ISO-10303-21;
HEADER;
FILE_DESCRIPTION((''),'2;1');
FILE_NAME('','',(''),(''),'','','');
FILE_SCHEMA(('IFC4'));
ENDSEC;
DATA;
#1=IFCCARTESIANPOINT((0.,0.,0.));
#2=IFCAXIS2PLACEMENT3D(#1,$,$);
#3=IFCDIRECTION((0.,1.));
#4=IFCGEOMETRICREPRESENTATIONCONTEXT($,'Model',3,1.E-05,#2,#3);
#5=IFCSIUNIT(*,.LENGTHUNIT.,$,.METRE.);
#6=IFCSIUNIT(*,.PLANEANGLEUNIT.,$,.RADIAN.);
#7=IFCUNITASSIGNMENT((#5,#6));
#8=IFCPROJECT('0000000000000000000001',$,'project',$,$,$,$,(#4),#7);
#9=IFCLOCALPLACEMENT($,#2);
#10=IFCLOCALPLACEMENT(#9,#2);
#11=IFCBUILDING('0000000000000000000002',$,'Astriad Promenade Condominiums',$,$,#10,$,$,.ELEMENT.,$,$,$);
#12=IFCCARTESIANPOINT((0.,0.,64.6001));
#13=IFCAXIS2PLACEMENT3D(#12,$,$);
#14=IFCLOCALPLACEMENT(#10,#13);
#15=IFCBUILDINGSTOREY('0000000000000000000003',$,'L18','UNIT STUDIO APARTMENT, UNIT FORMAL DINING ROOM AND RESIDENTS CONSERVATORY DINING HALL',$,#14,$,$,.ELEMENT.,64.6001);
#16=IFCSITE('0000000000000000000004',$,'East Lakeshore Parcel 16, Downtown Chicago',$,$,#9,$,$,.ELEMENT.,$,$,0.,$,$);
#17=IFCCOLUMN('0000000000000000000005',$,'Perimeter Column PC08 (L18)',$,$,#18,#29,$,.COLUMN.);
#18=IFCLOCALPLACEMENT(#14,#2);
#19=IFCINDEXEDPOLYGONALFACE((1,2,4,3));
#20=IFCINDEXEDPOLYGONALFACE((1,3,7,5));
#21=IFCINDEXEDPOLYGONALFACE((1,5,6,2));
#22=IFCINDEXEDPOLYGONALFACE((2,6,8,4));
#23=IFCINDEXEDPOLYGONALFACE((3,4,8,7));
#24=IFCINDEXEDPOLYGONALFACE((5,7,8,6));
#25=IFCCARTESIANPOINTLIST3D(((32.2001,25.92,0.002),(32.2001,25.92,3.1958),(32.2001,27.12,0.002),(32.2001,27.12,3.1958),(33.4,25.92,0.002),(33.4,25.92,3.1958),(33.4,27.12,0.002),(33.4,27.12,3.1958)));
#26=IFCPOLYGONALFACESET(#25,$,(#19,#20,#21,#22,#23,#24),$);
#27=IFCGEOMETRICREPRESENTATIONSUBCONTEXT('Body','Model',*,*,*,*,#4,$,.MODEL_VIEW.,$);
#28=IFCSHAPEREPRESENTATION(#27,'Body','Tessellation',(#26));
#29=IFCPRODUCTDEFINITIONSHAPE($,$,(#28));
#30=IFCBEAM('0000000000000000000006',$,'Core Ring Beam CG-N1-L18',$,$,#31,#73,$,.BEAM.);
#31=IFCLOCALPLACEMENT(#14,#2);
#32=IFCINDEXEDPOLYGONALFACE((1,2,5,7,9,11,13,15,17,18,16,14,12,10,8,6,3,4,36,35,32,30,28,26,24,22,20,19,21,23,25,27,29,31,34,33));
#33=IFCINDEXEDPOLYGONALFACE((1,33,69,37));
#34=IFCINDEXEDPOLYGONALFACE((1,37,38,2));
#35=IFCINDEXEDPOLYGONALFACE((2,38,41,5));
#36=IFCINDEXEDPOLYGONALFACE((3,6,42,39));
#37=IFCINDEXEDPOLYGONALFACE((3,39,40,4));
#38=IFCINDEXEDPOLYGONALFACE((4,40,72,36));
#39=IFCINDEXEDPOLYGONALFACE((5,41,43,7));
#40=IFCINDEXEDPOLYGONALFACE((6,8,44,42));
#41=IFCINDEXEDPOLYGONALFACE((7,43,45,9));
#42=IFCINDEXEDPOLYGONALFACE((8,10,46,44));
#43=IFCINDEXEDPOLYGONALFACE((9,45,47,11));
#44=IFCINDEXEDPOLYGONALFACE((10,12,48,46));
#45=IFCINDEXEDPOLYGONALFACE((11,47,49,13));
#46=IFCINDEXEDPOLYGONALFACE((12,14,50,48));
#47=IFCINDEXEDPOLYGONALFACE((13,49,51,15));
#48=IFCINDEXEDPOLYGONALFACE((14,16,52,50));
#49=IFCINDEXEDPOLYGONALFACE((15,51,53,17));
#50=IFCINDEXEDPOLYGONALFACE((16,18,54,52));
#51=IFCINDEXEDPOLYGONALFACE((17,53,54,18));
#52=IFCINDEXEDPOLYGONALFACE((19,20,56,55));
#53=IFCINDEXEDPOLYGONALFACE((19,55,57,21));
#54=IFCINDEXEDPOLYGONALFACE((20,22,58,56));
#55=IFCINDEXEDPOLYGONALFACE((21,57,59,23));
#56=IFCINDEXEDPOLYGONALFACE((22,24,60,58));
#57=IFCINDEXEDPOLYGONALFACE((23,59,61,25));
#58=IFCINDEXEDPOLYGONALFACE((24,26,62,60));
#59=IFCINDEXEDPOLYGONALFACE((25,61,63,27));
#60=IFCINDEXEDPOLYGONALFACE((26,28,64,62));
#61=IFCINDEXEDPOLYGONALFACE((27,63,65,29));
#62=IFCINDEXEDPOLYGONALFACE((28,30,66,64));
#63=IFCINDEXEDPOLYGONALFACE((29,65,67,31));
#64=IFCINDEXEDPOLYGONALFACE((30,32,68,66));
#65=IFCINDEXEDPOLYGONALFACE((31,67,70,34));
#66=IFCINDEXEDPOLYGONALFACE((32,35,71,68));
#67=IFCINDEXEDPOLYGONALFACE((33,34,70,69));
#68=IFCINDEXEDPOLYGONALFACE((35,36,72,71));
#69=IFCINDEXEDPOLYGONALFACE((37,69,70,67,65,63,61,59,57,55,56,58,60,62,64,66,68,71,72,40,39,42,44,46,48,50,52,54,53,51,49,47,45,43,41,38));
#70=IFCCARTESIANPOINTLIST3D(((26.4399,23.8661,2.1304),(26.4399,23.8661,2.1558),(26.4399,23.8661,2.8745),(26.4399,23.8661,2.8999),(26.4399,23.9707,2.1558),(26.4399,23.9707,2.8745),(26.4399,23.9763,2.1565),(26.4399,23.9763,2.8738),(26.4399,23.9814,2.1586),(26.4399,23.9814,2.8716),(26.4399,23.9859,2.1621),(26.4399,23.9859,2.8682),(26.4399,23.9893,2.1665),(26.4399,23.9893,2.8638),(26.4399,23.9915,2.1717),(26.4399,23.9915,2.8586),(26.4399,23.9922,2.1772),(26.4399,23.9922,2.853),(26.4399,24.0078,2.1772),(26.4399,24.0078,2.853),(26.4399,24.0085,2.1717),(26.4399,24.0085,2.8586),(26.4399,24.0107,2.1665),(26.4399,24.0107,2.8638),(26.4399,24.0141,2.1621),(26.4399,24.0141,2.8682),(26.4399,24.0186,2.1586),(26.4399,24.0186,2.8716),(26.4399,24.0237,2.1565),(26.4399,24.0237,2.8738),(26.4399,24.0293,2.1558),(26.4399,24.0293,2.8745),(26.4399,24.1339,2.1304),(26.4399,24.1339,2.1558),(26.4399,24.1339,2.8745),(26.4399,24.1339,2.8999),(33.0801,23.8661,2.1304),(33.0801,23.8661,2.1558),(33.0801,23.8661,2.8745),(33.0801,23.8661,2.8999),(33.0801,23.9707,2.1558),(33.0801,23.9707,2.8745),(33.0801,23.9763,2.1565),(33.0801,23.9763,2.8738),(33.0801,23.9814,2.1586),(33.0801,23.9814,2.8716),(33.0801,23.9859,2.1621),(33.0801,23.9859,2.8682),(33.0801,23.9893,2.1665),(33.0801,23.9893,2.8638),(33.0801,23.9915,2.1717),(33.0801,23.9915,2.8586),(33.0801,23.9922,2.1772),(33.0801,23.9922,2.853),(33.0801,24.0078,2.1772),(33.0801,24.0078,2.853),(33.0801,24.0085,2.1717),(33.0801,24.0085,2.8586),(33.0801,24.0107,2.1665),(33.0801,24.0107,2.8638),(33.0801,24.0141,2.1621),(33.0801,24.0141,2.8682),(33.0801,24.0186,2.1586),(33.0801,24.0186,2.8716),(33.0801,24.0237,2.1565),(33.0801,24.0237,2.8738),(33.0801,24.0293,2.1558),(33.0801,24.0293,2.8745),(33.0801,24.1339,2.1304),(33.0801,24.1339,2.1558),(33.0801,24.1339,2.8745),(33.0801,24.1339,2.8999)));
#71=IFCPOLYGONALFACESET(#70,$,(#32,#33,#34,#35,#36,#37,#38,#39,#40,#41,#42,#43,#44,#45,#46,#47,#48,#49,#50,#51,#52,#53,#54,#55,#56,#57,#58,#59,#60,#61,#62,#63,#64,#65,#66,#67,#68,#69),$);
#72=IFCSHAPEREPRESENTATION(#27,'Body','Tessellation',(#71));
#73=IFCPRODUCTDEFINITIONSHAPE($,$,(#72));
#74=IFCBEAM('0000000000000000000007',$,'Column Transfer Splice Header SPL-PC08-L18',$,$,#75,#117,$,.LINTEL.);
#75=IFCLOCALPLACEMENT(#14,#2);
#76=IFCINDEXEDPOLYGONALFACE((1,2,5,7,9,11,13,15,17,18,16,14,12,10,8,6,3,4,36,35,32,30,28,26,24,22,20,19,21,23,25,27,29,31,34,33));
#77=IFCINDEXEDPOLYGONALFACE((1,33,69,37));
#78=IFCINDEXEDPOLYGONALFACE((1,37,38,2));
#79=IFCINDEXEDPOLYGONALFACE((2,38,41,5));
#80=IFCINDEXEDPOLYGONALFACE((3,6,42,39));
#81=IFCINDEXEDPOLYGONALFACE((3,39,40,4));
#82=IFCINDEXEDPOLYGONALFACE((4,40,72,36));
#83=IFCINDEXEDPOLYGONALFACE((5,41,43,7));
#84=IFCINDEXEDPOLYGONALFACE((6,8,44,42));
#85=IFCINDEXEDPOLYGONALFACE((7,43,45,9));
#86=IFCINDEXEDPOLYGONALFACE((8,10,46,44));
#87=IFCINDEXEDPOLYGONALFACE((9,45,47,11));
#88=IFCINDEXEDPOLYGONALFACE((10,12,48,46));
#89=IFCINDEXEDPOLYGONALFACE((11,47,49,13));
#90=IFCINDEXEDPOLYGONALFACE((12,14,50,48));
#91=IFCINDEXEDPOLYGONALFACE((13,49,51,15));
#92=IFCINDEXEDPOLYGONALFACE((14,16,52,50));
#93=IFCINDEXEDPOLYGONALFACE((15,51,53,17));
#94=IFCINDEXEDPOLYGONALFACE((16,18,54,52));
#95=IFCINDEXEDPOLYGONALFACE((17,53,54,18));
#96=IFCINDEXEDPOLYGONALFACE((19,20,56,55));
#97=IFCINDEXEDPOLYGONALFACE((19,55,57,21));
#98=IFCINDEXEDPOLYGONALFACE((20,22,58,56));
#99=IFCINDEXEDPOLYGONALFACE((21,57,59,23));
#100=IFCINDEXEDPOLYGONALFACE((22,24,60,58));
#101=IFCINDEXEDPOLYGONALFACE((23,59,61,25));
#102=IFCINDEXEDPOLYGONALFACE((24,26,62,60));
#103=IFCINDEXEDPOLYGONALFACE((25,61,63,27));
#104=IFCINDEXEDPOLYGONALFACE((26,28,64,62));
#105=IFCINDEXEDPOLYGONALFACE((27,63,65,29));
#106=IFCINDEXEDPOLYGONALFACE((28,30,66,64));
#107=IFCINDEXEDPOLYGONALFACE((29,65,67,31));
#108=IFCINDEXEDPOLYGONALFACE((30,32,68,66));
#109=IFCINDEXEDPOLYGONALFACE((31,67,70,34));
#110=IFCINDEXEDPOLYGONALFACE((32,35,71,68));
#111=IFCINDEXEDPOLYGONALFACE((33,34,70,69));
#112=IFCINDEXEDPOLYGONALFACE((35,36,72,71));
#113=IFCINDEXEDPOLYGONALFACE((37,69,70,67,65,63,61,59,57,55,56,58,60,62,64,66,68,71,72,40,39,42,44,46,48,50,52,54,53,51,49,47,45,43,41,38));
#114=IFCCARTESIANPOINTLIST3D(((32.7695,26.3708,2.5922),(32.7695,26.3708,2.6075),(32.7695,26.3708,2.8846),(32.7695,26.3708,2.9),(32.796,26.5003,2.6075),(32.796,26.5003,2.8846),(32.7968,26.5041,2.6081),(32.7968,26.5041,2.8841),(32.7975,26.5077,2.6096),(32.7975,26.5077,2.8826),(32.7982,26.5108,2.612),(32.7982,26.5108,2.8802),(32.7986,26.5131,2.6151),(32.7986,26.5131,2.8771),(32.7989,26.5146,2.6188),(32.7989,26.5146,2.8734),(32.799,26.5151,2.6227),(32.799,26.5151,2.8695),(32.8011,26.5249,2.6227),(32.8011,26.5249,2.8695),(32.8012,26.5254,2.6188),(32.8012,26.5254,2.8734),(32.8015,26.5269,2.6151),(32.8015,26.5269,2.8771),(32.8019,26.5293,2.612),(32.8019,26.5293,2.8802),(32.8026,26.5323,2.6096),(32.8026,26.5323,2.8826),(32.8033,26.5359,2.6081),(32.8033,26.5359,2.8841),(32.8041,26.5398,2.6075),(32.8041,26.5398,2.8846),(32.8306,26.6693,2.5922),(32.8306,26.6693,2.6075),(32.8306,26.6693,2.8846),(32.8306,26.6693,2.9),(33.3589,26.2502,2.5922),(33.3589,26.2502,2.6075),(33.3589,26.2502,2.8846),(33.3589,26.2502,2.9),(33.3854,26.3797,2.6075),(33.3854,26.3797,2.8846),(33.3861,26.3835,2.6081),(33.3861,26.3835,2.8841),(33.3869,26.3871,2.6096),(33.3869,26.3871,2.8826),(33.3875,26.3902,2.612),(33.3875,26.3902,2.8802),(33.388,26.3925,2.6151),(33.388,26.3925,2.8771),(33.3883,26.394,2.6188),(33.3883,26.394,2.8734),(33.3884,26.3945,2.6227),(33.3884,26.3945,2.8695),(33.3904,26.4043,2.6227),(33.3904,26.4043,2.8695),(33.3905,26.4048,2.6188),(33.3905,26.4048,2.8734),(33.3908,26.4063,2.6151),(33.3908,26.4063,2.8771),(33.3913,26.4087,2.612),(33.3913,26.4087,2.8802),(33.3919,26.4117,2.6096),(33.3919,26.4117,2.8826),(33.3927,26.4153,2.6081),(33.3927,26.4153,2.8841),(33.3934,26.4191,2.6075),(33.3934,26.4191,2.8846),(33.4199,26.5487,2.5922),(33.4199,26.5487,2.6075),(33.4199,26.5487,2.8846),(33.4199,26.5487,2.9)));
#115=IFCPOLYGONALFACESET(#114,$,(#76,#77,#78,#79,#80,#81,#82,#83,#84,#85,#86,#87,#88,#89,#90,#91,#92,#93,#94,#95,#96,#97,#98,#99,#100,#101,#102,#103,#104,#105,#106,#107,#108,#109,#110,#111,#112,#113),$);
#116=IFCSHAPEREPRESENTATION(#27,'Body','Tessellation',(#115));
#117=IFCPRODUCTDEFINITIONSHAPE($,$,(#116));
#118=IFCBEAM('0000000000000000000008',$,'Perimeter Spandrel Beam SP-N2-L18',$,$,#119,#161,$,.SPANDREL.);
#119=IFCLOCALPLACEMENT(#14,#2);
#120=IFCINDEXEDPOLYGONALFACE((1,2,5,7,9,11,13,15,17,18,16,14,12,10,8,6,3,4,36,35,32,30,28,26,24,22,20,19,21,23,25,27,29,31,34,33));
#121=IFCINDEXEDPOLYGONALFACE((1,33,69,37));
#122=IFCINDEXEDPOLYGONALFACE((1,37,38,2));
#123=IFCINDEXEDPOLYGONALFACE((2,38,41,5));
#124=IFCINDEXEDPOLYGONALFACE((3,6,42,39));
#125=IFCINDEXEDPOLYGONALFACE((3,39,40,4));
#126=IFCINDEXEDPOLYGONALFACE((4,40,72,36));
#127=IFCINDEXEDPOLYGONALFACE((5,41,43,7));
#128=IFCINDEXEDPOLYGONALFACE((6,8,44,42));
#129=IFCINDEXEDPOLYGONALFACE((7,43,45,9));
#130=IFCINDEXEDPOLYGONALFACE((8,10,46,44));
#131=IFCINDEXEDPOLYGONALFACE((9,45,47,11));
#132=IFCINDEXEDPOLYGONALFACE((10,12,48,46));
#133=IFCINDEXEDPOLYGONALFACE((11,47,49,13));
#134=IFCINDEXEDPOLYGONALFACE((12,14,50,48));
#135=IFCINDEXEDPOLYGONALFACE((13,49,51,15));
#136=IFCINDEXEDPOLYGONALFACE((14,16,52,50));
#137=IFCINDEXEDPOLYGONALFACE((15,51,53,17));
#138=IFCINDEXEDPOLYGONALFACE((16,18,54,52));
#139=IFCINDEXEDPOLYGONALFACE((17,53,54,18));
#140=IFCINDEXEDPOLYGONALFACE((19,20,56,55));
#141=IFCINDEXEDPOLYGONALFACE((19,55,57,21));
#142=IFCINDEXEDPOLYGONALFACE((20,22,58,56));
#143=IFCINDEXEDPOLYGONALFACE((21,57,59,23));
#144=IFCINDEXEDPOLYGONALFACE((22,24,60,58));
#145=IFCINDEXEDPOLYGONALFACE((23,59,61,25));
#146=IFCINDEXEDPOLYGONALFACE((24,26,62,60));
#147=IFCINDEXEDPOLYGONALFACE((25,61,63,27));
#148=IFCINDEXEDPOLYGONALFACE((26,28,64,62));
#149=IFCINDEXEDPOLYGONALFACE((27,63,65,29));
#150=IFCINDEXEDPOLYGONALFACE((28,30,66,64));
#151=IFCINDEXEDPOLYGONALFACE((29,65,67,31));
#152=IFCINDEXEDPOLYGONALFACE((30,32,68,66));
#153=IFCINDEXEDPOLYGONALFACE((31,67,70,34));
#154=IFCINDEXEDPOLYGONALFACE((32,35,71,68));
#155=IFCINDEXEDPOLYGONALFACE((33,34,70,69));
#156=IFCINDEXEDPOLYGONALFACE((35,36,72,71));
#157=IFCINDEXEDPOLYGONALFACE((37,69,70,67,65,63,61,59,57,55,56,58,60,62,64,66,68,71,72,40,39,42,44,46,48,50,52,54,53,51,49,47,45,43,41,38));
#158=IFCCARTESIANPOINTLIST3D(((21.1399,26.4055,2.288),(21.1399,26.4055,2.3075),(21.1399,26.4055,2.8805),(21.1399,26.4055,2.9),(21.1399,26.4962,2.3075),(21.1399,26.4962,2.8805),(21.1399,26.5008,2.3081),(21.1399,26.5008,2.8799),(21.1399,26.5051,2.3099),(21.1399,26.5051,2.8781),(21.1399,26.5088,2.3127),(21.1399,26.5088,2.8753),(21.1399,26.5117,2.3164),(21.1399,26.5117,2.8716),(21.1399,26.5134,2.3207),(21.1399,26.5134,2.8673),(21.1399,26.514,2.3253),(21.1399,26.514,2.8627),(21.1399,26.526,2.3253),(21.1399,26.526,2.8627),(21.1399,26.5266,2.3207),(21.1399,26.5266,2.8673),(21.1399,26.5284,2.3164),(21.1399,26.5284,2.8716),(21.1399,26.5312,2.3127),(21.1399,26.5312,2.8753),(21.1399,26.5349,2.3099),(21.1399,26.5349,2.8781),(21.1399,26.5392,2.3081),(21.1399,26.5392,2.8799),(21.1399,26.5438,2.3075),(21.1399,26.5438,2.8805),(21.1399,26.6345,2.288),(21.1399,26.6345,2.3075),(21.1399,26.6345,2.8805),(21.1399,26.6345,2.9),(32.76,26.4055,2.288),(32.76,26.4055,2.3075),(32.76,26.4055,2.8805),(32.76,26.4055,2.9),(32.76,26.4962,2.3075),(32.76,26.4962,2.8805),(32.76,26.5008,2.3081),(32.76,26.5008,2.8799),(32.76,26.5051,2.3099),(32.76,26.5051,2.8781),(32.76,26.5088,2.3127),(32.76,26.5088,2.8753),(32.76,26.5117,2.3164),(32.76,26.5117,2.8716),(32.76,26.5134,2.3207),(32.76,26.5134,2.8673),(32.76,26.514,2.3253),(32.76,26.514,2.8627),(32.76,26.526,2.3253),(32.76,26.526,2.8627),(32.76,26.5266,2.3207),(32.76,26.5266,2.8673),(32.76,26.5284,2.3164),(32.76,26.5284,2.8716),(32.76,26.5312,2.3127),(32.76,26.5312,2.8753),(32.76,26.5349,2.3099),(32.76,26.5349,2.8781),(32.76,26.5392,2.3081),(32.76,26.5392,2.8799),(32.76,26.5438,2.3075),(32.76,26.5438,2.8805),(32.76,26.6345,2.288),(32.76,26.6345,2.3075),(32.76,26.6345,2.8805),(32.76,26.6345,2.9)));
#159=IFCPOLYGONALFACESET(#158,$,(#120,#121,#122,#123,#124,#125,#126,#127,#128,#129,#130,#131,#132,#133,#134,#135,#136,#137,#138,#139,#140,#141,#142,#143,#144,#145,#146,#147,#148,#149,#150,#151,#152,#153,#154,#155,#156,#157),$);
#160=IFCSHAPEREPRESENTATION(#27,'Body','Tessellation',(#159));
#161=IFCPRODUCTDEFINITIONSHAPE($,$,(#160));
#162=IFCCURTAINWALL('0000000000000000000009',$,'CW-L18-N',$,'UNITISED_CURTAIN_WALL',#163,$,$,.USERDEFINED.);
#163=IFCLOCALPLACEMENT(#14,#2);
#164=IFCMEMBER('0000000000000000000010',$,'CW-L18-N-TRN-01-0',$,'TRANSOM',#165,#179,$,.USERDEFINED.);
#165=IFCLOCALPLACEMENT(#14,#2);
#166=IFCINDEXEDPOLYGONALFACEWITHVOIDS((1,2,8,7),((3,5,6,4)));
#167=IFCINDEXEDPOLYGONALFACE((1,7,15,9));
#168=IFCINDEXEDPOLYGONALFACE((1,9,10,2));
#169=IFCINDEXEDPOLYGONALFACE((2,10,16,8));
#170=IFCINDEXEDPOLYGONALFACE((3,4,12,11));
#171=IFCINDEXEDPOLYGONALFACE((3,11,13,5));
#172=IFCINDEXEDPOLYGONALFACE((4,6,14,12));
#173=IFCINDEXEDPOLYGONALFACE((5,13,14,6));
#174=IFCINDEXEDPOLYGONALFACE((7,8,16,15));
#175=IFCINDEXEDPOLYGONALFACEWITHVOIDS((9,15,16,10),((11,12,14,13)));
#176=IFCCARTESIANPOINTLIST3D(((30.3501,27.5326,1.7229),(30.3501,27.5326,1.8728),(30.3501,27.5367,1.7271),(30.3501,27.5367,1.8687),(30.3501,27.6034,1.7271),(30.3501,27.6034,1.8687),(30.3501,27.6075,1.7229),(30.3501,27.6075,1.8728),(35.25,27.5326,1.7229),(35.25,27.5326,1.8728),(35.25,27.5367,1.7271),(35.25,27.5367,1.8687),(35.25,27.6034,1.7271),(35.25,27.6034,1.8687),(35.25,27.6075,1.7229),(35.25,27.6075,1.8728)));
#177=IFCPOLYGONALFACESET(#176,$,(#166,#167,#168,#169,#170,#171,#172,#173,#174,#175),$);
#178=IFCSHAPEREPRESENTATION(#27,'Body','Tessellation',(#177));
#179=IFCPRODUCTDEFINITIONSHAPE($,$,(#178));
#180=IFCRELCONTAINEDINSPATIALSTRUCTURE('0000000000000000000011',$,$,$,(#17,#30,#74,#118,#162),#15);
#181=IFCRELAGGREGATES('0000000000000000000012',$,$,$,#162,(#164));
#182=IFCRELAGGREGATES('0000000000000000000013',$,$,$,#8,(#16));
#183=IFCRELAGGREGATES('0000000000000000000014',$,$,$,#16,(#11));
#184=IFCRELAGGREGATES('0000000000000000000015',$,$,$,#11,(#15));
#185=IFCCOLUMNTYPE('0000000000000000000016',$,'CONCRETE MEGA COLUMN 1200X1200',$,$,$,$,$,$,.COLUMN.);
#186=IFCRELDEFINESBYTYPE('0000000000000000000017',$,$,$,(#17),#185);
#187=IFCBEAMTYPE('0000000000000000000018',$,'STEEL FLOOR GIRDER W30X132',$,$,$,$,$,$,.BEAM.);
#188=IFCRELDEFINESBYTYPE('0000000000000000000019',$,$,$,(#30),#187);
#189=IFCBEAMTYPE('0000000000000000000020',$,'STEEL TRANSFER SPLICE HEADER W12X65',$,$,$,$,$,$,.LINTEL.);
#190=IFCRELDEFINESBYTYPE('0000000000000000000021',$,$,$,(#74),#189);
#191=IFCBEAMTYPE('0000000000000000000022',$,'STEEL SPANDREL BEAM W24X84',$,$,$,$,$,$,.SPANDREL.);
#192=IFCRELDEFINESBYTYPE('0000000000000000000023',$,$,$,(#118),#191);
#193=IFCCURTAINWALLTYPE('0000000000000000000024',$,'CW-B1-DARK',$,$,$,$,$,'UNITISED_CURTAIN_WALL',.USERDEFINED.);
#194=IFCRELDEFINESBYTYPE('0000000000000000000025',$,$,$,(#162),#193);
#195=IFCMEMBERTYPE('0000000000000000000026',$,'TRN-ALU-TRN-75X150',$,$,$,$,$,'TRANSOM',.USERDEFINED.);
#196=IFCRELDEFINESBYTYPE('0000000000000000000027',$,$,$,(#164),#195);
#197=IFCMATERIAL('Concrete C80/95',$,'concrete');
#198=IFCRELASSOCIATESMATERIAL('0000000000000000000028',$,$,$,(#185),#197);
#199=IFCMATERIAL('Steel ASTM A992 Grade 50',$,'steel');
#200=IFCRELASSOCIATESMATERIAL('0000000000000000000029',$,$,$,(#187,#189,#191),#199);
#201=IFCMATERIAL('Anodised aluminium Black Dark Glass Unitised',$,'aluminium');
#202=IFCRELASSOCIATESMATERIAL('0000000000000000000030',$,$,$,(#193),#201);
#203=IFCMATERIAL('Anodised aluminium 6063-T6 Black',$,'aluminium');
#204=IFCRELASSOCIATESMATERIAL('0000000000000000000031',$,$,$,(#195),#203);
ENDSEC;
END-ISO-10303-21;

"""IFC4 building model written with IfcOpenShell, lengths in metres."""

from ifc_helpers import new_model, si_unit, direction, frame, origin, origin_2d, place, context, subcontext, project, spatial, rectangle, hollow_rectangle, i_section, extrude, source, transform, mapped, material, material_profile, profile_set, type_object, type_shapes, element, aggregate, save


model = new_model("IFC4")

# Units and contexts
model_context = context("Model", 3, precision=1e-05, world=origin(), true_north=direction((0.0, 1.0)))
body_context = subcontext(model_context, "Body", "Model", "MODEL_VIEW")
ifc_project = project(units=[si_unit("LENGTHUNIT", "METRE"), si_unit("PLANEANGLEUNIT", "RADIAN")], contexts=[model_context])

# Site, building, storey
site_placement = place(None, origin())
site = spatial("IfcSite", under=ifc_project, at=site_placement, Name="East Lakeshore Parcel 16, Downtown Chicago", CompositionType="ELEMENT", RefElevation=0.0)
building_placement = place(site_placement, origin())
building = spatial("IfcBuilding", under=site, at=building_placement, Name="Astriad Promenade Condominiums", CompositionType="ELEMENT")
storey_placement = place(building_placement, frame((0.0, 0.0, 64.6001)))
storey = spatial("IfcBuildingStorey", under=building, at=storey_placement, Name="L18", Description="UNIT STUDIO APARTMENT, UNIT FORMAL DINING ROOM AND RESIDENTS CONSERVATORY DINING HALL", CompositionType="ELEMENT", Elevation=64.6001)

# Column
ifc_material_1 = material(Name="Concrete C80/95", Category="concrete")
ifc_material_profile_1 = material_profile(ifc_material_1, rectangle(XDim=1.2, YDim=1.2, at=origin_2d()), Name="RC-COL-1200X1200")
ifc_profile_set_1 = profile_set([ifc_material_profile_1], Name="Concrete C80/95")
column_type = type_object("IfcColumnType", Name="CONCRETE MEGA COLUMN 1200X1200", PredefinedType="COLUMN", material=ifc_profile_set_1)
shared_shape_1 = source(origin(), body_context, "Body", "SweptSolid", [
    extrude(rectangle(XDim=1.2, YDim=1.2, at=origin_2d()), origin(), (0.0, 0.0, 1.0), 3.1938),
])
type_shapes(column_type, [shared_shape_1])
column_placement = place(storey_placement, frame((32.8, 26.52, 0.002), z_axis=(0.0, 0.0, 1.0), x_axis=(1.0, 0.0, 0.0)))
element("IfcColumn", 1, at=column_placement, inside=storey, type_object=column_type, Name="Perimeter Column PC08 (L18)", PredefinedType="COLUMN", context=body_context, shape_type="MappedRepresentation", body=[
    mapped(shared_shape_1, transform((0.0, 0.0, 0.0), scale=1.0)),
])

# Beams
ifc_material_2 = material(Name="Steel ASTM A992 Grade 50", Category="steel")
ifc_material_profile_2 = material_profile(ifc_material_2, i_section(OverallWidth=0.2678, OverallDepth=0.7695, WebThickness=0.0156, FlangeThickness=0.0254, FilletRadius=0.0215, at=origin_2d()), Name="W30X132")
ifc_profile_set_2 = profile_set([ifc_material_profile_2], Name="Steel ASTM A992 Grade 50")
beam_type_1 = type_object("IfcBeamType", Name="STEEL FLOOR GIRDER W30X132", PredefinedType="BEAM", material=ifc_profile_set_2)
shared_shape_2 = source(origin(), body_context, "Body", "SweptSolid", [
    extrude(i_section(OverallWidth=0.2678, OverallDepth=0.7695, WebThickness=0.0156, FlangeThickness=0.0254, FilletRadius=0.0215, at=origin_2d()), origin(), (0.0, 0.0, 1.0), 6.6401),
])
type_shapes(beam_type_1, [shared_shape_2])
beam_1_placement = place(storey_placement, frame((26.4399, 24.0, 2.5151), z_axis=(1.0, 0.0, 0.0), x_axis=(0.0, 1.0, 0.0)))
element("IfcBeam", 2, at=beam_1_placement, inside=storey, type_object=beam_type_1, Name="Core Ring Beam CG-N1-L18", PredefinedType="BEAM", context=body_context, shape_type="MappedRepresentation", body=[
    mapped(shared_shape_2, transform((0.0, 0.0, 0.0), scale=1.0)),
])
ifc_material_profile_3 = material_profile(ifc_material_2, i_section(OverallWidth=0.3047, OverallDepth=0.3079, WebThickness=0.01, FlangeThickness=0.0154, FilletRadius=0.0151, at=origin_2d()), Name="W12X65")
ifc_profile_set_3 = profile_set([ifc_material_profile_3], Name="Steel ASTM A992 Grade 50")
beam_type_2 = type_object("IfcBeamType", Name="STEEL TRANSFER SPLICE HEADER W12X65", PredefinedType="LINTEL", material=ifc_profile_set_3)
shared_shape_3 = source(origin(), body_context, "Body", "SweptSolid", [
    extrude(i_section(OverallWidth=0.3047, OverallDepth=0.3079, WebThickness=0.01, FlangeThickness=0.0154, FilletRadius=0.0151, at=origin_2d()), origin(), (0.0, 0.0, 1.0), 0.6016),
])
type_shapes(beam_type_2, [shared_shape_3])
beam_2_placement = place(storey_placement, frame((32.8, 26.52, 2.7461), z_axis=(0.979697, -0.200485, 0.0), x_axis=(0.200485, 0.979697, 0.0)))
element("IfcBeam", 3, at=beam_2_placement, inside=storey, type_object=beam_type_2, Name="Column Transfer Splice Header SPL-PC08-L18", PredefinedType="LINTEL", context=body_context, shape_type="MappedRepresentation", body=[
    mapped(shared_shape_3, transform((0.0, 0.0, 0.0), scale=1.0)),
])
ifc_material_profile_4 = material_profile(ifc_material_2, i_section(OverallWidth=0.229, OverallDepth=0.6121, WebThickness=0.012, FlangeThickness=0.0195, FilletRadius=0.0178, at=origin_2d()), Name="W24X84")
ifc_profile_set_4 = profile_set([ifc_material_profile_4], Name="Steel ASTM A992 Grade 50")
beam_type_3 = type_object("IfcBeamType", Name="STEEL SPANDREL BEAM W24X84", PredefinedType="SPANDREL", material=ifc_profile_set_4)
shared_shape_4 = source(origin(), body_context, "Body", "SweptSolid", [
    extrude(i_section(OverallWidth=0.229, OverallDepth=0.6121, WebThickness=0.012, FlangeThickness=0.0195, FilletRadius=0.0178, at=origin_2d()), origin(), (0.0, 0.0, 1.0), 11.6201),
])
type_shapes(beam_type_3, [shared_shape_4])
beam_3_placement = place(storey_placement, frame((32.76, 26.52, 2.594), z_axis=(-1.0, 0.0, 0.0), x_axis=(0.0, -1.0, 0.0)))
element("IfcBeam", 4, at=beam_3_placement, inside=storey, type_object=beam_type_3, Name="Perimeter Spandrel Beam SP-N2-L18", PredefinedType="SPANDREL", context=body_context, shape_type="MappedRepresentation", body=[
    mapped(shared_shape_4, transform((0.0, 0.0, 0.0), scale=1.0)),
])

# Curtain wall, member
ifc_material_3 = material(Name="Anodised aluminium Black Dark Glass Unitised", Category="aluminium")
curtain_wall_type = type_object("IfcCurtainWallType", Name="CW-B1-DARK", ElementType="UNITISED_CURTAIN_WALL", PredefinedType="USERDEFINED", material=ifc_material_3)
curtain_wall_placement = place(storey_placement, origin())
curtain_wall = element("IfcCurtainWall", 5, at=curtain_wall_placement, inside=storey, type_object=curtain_wall_type, Name="CW-L18-N", ObjectType="UNITISED_CURTAIN_WALL", PredefinedType="USERDEFINED")
ifc_material_4 = material(Name="Anodised aluminium 6063-T6 Black", Category="aluminium")
ifc_material_profile_5 = material_profile(ifc_material_4, hollow_rectangle(XDim=0.075, YDim=0.1499, WallThickness=0.0042, at=origin_2d()), Name="ALU-TRN-75X150")
ifc_profile_set_5 = profile_set([ifc_material_profile_5], Name="Anodised aluminium 6063-T6 Black")
member_type_1 = type_object("IfcMemberType", Name="TRN-ALU-TRN-75X150", ElementType="TRANSOM", PredefinedType="USERDEFINED", material=ifc_profile_set_5)
shared_shape_5 = source(origin(), body_context, "Body", "SweptSolid", [
    extrude(hollow_rectangle(XDim=0.075, YDim=0.1499, WallThickness=0.0042, at=origin_2d()), origin(), (0.0, 0.0, 1.0), 4.8999),
])
type_shapes(member_type_1, [shared_shape_5])
member_1_placement = place(storey_placement, frame((30.3501, 27.5701, 1.7979), z_axis=(1.0, 0.0, 0.0), x_axis=(0.0, 1.0, 0.0)))
member_1 = element("IfcMember", 6, at=member_1_placement, type_object=member_type_1, Name="CW-L18-N-TRN-01-0", ObjectType="TRANSOM", PredefinedType="USERDEFINED", context=body_context, shape_type="MappedRepresentation", body=[
    mapped(shared_shape_5, transform((0.0, 0.0, 0.0), scale=1.0)),
])
aggregate(curtain_wall, [member_1])

save(model, "model.ifc")
